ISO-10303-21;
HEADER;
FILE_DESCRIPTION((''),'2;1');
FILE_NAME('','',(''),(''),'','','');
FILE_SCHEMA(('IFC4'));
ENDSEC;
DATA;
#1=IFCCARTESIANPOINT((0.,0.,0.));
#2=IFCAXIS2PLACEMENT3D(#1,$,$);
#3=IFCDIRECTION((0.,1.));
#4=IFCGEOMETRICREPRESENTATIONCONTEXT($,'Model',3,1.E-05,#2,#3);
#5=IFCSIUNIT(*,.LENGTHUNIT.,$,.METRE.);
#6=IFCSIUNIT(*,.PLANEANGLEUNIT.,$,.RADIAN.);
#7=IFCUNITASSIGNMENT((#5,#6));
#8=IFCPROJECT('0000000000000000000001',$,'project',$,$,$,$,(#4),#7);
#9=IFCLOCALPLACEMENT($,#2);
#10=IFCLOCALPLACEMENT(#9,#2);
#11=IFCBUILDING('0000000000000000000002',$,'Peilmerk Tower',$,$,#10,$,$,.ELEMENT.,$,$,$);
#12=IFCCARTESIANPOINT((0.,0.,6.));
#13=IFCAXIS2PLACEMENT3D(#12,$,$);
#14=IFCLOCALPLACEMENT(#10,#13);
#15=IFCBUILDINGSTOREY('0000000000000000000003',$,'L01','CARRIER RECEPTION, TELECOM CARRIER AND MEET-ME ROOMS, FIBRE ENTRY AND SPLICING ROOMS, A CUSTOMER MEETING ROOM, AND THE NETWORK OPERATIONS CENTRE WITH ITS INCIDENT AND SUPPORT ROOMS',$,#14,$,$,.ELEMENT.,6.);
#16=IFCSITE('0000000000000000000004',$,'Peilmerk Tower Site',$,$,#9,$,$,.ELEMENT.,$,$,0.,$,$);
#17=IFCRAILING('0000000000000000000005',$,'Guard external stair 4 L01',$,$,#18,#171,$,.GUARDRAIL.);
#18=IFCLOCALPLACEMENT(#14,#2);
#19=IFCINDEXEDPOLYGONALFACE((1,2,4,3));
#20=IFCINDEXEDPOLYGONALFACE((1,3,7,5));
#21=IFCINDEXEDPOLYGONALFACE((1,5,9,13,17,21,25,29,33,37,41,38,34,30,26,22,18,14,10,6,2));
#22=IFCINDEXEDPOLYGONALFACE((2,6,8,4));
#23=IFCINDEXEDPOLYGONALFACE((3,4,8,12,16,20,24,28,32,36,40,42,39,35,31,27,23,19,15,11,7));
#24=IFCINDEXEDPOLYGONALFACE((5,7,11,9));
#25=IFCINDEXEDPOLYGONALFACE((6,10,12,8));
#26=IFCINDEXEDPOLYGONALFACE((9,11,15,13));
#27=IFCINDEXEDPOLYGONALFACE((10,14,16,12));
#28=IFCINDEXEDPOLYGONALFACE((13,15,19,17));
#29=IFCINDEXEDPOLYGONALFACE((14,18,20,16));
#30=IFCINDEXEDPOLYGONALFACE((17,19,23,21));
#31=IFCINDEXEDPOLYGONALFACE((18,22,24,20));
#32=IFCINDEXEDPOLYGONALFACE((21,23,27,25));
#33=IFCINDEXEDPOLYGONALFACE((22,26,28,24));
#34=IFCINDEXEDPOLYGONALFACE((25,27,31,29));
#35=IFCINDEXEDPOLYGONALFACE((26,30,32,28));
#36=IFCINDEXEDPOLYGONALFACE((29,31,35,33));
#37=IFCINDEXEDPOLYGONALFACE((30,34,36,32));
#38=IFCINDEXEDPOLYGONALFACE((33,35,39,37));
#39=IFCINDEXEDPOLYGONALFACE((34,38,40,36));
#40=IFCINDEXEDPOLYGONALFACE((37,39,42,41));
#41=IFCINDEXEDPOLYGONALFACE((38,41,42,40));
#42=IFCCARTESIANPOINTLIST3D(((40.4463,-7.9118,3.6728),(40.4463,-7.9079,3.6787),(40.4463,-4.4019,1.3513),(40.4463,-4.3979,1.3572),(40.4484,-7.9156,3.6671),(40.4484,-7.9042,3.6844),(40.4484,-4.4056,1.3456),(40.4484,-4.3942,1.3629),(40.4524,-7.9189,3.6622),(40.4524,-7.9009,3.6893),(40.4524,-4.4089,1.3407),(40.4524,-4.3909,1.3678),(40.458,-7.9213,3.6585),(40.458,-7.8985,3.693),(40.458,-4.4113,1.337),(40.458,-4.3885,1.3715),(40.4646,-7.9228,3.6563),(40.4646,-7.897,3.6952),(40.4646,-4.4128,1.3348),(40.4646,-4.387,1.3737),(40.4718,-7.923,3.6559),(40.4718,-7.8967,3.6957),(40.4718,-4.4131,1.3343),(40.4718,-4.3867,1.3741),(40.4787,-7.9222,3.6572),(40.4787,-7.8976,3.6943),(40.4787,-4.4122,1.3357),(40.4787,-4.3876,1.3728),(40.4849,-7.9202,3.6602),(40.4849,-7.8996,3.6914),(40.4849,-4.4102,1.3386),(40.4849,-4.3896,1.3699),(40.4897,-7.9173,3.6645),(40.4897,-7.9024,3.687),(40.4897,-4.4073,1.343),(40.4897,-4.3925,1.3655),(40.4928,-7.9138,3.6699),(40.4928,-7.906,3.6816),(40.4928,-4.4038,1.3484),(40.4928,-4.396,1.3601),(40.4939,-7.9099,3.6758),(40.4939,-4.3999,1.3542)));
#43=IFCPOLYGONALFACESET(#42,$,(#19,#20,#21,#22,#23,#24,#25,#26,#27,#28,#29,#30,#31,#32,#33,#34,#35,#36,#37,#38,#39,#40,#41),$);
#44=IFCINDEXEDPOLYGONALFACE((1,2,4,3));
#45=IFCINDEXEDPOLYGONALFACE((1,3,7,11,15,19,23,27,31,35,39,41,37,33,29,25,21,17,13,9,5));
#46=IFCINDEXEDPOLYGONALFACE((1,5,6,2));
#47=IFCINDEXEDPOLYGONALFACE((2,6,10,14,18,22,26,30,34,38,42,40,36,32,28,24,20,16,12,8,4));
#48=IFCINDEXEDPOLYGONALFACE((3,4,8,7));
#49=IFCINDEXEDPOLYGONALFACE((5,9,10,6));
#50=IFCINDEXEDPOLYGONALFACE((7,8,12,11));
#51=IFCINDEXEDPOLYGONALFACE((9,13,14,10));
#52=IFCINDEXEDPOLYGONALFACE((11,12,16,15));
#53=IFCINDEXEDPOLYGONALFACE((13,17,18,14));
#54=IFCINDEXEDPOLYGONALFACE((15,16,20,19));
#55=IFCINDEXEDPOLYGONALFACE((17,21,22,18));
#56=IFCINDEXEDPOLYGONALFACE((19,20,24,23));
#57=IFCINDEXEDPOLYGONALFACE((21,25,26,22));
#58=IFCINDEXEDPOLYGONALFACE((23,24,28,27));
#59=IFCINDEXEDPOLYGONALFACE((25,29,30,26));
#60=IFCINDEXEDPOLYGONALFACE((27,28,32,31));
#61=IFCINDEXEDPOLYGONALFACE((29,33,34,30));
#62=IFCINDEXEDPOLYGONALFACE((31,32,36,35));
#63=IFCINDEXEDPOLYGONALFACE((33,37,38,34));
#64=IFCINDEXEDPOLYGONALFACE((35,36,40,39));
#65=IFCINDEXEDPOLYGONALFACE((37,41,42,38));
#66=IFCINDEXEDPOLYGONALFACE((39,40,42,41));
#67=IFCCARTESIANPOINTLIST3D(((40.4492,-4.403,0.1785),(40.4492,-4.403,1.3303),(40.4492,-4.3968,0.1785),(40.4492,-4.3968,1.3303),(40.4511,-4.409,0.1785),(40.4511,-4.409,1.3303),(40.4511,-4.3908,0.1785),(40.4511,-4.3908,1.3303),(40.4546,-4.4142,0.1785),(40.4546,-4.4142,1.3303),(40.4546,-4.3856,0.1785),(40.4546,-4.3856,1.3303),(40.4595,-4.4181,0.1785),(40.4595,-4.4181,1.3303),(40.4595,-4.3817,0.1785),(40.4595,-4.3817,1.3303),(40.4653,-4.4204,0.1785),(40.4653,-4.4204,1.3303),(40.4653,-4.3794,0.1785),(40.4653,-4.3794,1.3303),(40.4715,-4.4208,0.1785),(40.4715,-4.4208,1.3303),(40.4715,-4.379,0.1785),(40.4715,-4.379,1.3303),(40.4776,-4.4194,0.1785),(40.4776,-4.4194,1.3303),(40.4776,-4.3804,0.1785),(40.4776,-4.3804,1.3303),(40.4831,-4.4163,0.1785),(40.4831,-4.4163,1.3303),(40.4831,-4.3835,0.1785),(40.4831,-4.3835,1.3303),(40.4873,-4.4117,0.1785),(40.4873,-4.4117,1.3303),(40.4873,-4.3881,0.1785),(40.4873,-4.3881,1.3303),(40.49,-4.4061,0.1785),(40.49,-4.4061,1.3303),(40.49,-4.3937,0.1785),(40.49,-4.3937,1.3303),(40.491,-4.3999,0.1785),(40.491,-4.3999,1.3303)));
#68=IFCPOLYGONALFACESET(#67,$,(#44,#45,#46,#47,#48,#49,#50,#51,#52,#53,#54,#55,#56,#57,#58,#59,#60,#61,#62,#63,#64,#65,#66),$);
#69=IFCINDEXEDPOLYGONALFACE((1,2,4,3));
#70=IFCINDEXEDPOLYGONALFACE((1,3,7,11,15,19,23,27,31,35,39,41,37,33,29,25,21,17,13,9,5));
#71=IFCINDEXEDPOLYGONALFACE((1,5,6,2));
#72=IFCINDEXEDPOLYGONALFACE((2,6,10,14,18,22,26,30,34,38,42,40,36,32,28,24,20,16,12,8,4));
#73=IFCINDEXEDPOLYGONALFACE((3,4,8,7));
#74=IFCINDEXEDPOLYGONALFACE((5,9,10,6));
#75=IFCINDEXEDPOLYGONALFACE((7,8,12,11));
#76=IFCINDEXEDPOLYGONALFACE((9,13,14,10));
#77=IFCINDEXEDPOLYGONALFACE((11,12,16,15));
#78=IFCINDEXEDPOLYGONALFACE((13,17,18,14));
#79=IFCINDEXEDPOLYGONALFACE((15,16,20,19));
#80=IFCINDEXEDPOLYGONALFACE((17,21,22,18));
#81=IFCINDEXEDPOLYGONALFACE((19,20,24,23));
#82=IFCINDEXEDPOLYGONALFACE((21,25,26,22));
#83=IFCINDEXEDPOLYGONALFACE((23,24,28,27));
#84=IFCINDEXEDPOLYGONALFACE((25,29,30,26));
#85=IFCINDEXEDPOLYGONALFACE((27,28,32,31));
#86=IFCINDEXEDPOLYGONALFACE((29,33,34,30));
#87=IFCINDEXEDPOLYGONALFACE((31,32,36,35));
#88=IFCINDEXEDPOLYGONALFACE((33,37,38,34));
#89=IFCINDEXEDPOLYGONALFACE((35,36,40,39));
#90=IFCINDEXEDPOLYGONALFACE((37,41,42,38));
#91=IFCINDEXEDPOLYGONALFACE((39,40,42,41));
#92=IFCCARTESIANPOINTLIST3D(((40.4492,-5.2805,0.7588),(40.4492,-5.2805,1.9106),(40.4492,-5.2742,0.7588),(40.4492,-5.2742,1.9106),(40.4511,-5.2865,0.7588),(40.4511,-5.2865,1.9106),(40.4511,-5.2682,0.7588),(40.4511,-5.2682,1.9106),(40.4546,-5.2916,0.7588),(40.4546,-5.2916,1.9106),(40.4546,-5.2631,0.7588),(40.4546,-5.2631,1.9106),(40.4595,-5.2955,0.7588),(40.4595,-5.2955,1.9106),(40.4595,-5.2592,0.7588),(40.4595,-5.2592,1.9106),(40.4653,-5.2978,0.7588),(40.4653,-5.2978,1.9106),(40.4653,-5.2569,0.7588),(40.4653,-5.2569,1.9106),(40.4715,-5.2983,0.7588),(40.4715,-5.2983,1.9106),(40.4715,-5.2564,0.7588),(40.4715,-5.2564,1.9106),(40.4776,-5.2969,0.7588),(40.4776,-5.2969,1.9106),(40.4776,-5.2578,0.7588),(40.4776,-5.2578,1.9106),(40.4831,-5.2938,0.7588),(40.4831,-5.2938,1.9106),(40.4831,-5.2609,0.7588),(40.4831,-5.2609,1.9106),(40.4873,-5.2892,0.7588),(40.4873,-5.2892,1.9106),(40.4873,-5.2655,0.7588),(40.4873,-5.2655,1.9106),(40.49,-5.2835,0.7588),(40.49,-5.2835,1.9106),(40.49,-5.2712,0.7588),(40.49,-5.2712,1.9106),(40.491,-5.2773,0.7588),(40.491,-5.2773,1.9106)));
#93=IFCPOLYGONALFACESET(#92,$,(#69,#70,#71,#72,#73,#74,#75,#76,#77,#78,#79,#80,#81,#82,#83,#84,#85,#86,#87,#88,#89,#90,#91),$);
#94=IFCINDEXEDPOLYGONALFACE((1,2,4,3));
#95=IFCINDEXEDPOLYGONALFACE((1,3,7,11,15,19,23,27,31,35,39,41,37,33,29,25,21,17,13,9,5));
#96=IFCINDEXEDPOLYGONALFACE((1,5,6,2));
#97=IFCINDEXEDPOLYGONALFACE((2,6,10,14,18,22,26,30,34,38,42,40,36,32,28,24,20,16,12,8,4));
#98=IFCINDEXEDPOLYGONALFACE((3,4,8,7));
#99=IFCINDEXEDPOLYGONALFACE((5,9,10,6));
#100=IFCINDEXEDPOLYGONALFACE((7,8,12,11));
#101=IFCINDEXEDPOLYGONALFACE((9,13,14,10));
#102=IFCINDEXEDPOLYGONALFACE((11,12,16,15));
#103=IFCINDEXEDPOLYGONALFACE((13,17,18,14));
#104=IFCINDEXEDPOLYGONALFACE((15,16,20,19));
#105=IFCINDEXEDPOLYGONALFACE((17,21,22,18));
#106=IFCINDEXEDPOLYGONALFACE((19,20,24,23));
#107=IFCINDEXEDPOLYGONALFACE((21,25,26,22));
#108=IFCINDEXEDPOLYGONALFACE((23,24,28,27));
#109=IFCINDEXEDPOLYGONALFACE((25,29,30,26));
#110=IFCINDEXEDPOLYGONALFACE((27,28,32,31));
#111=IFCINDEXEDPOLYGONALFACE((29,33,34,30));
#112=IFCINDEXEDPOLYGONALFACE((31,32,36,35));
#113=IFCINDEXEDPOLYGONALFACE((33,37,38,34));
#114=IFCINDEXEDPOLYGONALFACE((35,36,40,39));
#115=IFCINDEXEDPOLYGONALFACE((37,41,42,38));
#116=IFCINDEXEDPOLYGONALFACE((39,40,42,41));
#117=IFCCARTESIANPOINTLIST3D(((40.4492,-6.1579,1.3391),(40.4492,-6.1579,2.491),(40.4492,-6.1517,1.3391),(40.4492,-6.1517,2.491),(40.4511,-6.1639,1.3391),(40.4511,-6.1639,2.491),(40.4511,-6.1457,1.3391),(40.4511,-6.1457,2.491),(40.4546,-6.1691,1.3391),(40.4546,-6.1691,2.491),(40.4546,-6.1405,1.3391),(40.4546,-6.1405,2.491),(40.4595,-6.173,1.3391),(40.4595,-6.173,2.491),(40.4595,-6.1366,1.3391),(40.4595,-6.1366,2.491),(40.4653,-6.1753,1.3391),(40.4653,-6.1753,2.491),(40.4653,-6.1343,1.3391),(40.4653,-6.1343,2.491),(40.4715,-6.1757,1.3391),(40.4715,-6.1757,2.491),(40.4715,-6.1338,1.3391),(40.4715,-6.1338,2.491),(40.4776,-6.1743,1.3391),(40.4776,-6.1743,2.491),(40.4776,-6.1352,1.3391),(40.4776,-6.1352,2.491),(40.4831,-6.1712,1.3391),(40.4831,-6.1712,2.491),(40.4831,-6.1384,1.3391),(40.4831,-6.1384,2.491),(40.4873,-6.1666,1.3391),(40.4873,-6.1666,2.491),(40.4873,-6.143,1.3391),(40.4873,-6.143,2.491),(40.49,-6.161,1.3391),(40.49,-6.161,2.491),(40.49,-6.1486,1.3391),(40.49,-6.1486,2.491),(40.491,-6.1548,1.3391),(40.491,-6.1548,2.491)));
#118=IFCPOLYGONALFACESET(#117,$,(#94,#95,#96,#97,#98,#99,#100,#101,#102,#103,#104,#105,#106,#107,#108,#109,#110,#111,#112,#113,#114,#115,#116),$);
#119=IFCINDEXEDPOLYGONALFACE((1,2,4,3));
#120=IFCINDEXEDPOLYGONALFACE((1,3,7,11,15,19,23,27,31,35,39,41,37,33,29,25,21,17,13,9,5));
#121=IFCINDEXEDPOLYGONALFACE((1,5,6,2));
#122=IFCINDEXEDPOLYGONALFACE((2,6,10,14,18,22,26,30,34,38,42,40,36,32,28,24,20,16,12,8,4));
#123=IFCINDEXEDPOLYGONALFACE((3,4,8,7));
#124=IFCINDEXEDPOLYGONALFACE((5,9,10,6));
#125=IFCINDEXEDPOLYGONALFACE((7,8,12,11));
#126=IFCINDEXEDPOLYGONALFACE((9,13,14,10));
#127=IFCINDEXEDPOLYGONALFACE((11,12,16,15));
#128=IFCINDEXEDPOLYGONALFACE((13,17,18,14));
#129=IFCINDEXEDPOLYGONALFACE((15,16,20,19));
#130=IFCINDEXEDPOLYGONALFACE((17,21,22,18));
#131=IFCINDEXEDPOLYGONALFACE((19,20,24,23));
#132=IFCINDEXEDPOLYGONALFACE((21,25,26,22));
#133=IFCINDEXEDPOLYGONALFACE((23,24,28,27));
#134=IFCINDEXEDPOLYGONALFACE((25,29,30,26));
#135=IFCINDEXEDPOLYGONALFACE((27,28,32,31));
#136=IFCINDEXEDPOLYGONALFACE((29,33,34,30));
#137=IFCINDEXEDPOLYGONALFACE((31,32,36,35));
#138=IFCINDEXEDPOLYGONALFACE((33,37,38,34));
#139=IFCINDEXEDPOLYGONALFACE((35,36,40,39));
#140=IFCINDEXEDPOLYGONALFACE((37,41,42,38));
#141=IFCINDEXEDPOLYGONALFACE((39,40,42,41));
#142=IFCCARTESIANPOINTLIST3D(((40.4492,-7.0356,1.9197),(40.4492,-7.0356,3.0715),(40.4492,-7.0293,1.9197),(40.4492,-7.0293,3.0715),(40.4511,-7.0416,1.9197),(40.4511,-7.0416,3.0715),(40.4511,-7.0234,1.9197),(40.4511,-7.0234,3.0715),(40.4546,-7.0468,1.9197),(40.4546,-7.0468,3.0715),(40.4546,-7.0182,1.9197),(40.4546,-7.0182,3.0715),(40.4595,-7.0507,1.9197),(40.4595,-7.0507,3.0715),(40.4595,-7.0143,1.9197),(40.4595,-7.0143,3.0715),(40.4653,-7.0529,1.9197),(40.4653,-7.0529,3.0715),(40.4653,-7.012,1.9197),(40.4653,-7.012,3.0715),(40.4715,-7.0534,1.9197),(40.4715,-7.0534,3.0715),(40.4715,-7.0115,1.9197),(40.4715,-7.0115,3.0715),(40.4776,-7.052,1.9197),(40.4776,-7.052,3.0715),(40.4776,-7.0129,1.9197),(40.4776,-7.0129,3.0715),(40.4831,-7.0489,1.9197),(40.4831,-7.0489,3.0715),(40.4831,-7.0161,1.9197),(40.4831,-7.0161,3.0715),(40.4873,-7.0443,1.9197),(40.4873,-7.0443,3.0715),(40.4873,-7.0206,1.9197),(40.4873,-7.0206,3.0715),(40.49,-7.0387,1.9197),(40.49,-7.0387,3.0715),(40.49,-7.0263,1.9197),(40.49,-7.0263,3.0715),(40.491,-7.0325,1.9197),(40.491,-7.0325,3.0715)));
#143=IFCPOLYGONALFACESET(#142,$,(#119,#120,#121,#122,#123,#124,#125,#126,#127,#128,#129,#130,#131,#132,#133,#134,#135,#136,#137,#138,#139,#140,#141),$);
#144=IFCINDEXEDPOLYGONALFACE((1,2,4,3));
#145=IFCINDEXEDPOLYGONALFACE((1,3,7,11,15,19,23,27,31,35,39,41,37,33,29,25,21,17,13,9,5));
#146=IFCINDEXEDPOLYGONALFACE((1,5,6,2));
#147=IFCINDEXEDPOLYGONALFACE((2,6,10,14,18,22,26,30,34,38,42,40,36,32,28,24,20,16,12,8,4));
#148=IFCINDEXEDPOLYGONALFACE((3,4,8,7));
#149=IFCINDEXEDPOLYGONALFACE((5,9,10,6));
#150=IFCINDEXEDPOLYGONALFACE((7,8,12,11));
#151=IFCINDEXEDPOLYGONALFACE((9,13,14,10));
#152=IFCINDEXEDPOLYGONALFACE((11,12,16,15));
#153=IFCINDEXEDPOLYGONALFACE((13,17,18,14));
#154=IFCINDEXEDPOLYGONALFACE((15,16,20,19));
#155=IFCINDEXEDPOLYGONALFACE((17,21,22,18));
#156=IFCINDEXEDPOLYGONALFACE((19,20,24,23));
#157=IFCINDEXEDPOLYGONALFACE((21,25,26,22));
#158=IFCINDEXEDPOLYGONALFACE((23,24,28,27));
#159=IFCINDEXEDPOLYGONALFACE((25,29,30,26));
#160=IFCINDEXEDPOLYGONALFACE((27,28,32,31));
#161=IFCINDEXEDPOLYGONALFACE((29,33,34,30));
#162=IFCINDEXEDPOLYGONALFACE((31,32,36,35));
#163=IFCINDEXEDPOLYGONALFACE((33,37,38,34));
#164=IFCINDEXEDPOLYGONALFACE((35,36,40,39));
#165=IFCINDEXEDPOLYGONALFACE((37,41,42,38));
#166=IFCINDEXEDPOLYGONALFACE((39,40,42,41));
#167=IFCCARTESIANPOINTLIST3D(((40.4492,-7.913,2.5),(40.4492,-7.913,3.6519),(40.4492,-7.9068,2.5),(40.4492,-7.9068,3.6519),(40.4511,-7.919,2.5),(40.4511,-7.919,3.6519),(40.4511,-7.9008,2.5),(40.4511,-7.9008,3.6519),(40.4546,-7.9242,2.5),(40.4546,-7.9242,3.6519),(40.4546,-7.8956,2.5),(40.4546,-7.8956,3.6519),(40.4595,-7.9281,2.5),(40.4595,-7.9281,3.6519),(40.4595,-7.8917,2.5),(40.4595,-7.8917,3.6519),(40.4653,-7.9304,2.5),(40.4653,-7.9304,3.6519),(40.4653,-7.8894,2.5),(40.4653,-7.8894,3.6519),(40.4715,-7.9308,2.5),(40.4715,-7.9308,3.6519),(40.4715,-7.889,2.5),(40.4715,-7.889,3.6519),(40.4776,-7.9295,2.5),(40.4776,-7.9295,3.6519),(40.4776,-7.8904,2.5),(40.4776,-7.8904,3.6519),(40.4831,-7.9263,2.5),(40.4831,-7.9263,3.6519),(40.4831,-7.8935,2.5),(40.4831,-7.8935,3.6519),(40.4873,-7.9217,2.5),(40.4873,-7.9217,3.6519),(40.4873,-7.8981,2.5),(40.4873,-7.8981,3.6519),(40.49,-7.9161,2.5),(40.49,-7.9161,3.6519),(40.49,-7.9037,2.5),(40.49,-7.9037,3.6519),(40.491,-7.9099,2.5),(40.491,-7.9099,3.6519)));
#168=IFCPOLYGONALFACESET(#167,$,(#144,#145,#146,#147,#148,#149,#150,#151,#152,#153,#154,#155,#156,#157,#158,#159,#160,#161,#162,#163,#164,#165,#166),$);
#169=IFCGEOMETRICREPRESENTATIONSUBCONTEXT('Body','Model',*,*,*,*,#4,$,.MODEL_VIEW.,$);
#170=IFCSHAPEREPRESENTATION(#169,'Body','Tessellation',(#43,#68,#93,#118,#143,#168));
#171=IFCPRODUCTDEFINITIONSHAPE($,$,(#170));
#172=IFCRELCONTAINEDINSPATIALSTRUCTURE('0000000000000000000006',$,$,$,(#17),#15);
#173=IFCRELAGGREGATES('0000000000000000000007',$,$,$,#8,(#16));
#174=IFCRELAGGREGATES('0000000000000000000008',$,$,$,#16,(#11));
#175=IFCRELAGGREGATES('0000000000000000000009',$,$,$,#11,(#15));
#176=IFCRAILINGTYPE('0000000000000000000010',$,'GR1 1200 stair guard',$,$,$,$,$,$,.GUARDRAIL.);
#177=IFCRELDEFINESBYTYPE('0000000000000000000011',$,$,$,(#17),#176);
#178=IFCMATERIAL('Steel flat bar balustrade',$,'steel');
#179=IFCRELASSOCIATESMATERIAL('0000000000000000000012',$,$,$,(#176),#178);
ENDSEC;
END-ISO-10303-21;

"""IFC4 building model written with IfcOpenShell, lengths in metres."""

from ifc_helpers import new_model, si_unit, direction, frame, origin, origin_2d, place, context, subcontext, project, spatial, circle, extrude, material, type_object, element, save


model = new_model("IFC4")

# Units and contexts
model_context = context("Model", 3, precision=1e-05, world=origin(), true_north=direction((0.0, 1.0)))
body_context = subcontext(model_context, "Body", "Model", "MODEL_VIEW")
ifc_project = project(units=[si_unit("LENGTHUNIT", "METRE"), si_unit("PLANEANGLEUNIT", "RADIAN")], contexts=[model_context])

# Site, building, storey
site_placement = place(None, origin())
site = spatial("IfcSite", under=ifc_project, at=site_placement, Name="Peilmerk Tower Site", CompositionType="ELEMENT", RefElevation=0.0)
building_placement = place(site_placement, origin())
building = spatial("IfcBuilding", under=site, at=building_placement, Name="Peilmerk Tower", CompositionType="ELEMENT")
storey_placement = place(building_placement, frame((0.0, 0.0, 6.0)))
storey = spatial("IfcBuildingStorey", under=building, at=storey_placement, Name="L01", Description="CARRIER RECEPTION, TELECOM CARRIER AND MEET-ME ROOMS, FIBRE ENTRY AND SPLICING ROOMS, A CUSTOMER MEETING ROOM, AND THE NETWORK OPERATIONS CENTRE WITH ITS INCIDENT AND SUPPORT ROOMS", CompositionType="ELEMENT", Elevation=6.0)

# Railing
ifc_material_1 = material(Name="Steel flat bar balustrade", Category="steel")
railing_type_1 = type_object("IfcRailingType", Name="GR1 1200 stair guard", PredefinedType="GUARDRAIL", material=ifc_material_1)
for number, where, name in (
    (1, (40.47, -4.3999, 0.1785), "Guard external stair 4 L01"),
):
    element("IfcRailing", number, at=place(storey_placement, frame(where)), inside=storey, type_object=railing_type_1, Name=name, PredefinedType="GUARDRAIL", context=body_context, shape_type="SweptSolid", body=[
        extrude(circle(Radius=0.0239, at=origin_2d()), frame((0.0, 0.0, 1.1758), z_axis=(0.0, -0.834071, 0.551657), x_axis=(1.0, 0.0, 0.0)), (0.0, 0.0, 1.0), 4.2083),
        extrude(circle(Radius=0.021, at=origin_2d()), origin(), (0.0, 0.0, 1.0), 1.1519),
        extrude(circle(Radius=0.021, at=origin_2d()), frame((0.0, -0.8774, 0.5803)), (0.0, 0.0, 1.0), 1.1519),
        extrude(circle(Radius=0.021, at=origin_2d()), frame((0.0, -1.7549, 1.1606)), (0.0, 0.0, 1.0), 1.1519),
        extrude(circle(Radius=0.021, at=origin_2d()), frame((0.0, -2.6326, 1.7412)), (0.0, 0.0, 1.0), 1.1519),
        extrude(circle(Radius=0.021, at=origin_2d()), frame((0.0, -3.51, 2.3215)), (0.0, 0.0, 1.0), 1.1519),
    ])

save(model, "model.ifc")
